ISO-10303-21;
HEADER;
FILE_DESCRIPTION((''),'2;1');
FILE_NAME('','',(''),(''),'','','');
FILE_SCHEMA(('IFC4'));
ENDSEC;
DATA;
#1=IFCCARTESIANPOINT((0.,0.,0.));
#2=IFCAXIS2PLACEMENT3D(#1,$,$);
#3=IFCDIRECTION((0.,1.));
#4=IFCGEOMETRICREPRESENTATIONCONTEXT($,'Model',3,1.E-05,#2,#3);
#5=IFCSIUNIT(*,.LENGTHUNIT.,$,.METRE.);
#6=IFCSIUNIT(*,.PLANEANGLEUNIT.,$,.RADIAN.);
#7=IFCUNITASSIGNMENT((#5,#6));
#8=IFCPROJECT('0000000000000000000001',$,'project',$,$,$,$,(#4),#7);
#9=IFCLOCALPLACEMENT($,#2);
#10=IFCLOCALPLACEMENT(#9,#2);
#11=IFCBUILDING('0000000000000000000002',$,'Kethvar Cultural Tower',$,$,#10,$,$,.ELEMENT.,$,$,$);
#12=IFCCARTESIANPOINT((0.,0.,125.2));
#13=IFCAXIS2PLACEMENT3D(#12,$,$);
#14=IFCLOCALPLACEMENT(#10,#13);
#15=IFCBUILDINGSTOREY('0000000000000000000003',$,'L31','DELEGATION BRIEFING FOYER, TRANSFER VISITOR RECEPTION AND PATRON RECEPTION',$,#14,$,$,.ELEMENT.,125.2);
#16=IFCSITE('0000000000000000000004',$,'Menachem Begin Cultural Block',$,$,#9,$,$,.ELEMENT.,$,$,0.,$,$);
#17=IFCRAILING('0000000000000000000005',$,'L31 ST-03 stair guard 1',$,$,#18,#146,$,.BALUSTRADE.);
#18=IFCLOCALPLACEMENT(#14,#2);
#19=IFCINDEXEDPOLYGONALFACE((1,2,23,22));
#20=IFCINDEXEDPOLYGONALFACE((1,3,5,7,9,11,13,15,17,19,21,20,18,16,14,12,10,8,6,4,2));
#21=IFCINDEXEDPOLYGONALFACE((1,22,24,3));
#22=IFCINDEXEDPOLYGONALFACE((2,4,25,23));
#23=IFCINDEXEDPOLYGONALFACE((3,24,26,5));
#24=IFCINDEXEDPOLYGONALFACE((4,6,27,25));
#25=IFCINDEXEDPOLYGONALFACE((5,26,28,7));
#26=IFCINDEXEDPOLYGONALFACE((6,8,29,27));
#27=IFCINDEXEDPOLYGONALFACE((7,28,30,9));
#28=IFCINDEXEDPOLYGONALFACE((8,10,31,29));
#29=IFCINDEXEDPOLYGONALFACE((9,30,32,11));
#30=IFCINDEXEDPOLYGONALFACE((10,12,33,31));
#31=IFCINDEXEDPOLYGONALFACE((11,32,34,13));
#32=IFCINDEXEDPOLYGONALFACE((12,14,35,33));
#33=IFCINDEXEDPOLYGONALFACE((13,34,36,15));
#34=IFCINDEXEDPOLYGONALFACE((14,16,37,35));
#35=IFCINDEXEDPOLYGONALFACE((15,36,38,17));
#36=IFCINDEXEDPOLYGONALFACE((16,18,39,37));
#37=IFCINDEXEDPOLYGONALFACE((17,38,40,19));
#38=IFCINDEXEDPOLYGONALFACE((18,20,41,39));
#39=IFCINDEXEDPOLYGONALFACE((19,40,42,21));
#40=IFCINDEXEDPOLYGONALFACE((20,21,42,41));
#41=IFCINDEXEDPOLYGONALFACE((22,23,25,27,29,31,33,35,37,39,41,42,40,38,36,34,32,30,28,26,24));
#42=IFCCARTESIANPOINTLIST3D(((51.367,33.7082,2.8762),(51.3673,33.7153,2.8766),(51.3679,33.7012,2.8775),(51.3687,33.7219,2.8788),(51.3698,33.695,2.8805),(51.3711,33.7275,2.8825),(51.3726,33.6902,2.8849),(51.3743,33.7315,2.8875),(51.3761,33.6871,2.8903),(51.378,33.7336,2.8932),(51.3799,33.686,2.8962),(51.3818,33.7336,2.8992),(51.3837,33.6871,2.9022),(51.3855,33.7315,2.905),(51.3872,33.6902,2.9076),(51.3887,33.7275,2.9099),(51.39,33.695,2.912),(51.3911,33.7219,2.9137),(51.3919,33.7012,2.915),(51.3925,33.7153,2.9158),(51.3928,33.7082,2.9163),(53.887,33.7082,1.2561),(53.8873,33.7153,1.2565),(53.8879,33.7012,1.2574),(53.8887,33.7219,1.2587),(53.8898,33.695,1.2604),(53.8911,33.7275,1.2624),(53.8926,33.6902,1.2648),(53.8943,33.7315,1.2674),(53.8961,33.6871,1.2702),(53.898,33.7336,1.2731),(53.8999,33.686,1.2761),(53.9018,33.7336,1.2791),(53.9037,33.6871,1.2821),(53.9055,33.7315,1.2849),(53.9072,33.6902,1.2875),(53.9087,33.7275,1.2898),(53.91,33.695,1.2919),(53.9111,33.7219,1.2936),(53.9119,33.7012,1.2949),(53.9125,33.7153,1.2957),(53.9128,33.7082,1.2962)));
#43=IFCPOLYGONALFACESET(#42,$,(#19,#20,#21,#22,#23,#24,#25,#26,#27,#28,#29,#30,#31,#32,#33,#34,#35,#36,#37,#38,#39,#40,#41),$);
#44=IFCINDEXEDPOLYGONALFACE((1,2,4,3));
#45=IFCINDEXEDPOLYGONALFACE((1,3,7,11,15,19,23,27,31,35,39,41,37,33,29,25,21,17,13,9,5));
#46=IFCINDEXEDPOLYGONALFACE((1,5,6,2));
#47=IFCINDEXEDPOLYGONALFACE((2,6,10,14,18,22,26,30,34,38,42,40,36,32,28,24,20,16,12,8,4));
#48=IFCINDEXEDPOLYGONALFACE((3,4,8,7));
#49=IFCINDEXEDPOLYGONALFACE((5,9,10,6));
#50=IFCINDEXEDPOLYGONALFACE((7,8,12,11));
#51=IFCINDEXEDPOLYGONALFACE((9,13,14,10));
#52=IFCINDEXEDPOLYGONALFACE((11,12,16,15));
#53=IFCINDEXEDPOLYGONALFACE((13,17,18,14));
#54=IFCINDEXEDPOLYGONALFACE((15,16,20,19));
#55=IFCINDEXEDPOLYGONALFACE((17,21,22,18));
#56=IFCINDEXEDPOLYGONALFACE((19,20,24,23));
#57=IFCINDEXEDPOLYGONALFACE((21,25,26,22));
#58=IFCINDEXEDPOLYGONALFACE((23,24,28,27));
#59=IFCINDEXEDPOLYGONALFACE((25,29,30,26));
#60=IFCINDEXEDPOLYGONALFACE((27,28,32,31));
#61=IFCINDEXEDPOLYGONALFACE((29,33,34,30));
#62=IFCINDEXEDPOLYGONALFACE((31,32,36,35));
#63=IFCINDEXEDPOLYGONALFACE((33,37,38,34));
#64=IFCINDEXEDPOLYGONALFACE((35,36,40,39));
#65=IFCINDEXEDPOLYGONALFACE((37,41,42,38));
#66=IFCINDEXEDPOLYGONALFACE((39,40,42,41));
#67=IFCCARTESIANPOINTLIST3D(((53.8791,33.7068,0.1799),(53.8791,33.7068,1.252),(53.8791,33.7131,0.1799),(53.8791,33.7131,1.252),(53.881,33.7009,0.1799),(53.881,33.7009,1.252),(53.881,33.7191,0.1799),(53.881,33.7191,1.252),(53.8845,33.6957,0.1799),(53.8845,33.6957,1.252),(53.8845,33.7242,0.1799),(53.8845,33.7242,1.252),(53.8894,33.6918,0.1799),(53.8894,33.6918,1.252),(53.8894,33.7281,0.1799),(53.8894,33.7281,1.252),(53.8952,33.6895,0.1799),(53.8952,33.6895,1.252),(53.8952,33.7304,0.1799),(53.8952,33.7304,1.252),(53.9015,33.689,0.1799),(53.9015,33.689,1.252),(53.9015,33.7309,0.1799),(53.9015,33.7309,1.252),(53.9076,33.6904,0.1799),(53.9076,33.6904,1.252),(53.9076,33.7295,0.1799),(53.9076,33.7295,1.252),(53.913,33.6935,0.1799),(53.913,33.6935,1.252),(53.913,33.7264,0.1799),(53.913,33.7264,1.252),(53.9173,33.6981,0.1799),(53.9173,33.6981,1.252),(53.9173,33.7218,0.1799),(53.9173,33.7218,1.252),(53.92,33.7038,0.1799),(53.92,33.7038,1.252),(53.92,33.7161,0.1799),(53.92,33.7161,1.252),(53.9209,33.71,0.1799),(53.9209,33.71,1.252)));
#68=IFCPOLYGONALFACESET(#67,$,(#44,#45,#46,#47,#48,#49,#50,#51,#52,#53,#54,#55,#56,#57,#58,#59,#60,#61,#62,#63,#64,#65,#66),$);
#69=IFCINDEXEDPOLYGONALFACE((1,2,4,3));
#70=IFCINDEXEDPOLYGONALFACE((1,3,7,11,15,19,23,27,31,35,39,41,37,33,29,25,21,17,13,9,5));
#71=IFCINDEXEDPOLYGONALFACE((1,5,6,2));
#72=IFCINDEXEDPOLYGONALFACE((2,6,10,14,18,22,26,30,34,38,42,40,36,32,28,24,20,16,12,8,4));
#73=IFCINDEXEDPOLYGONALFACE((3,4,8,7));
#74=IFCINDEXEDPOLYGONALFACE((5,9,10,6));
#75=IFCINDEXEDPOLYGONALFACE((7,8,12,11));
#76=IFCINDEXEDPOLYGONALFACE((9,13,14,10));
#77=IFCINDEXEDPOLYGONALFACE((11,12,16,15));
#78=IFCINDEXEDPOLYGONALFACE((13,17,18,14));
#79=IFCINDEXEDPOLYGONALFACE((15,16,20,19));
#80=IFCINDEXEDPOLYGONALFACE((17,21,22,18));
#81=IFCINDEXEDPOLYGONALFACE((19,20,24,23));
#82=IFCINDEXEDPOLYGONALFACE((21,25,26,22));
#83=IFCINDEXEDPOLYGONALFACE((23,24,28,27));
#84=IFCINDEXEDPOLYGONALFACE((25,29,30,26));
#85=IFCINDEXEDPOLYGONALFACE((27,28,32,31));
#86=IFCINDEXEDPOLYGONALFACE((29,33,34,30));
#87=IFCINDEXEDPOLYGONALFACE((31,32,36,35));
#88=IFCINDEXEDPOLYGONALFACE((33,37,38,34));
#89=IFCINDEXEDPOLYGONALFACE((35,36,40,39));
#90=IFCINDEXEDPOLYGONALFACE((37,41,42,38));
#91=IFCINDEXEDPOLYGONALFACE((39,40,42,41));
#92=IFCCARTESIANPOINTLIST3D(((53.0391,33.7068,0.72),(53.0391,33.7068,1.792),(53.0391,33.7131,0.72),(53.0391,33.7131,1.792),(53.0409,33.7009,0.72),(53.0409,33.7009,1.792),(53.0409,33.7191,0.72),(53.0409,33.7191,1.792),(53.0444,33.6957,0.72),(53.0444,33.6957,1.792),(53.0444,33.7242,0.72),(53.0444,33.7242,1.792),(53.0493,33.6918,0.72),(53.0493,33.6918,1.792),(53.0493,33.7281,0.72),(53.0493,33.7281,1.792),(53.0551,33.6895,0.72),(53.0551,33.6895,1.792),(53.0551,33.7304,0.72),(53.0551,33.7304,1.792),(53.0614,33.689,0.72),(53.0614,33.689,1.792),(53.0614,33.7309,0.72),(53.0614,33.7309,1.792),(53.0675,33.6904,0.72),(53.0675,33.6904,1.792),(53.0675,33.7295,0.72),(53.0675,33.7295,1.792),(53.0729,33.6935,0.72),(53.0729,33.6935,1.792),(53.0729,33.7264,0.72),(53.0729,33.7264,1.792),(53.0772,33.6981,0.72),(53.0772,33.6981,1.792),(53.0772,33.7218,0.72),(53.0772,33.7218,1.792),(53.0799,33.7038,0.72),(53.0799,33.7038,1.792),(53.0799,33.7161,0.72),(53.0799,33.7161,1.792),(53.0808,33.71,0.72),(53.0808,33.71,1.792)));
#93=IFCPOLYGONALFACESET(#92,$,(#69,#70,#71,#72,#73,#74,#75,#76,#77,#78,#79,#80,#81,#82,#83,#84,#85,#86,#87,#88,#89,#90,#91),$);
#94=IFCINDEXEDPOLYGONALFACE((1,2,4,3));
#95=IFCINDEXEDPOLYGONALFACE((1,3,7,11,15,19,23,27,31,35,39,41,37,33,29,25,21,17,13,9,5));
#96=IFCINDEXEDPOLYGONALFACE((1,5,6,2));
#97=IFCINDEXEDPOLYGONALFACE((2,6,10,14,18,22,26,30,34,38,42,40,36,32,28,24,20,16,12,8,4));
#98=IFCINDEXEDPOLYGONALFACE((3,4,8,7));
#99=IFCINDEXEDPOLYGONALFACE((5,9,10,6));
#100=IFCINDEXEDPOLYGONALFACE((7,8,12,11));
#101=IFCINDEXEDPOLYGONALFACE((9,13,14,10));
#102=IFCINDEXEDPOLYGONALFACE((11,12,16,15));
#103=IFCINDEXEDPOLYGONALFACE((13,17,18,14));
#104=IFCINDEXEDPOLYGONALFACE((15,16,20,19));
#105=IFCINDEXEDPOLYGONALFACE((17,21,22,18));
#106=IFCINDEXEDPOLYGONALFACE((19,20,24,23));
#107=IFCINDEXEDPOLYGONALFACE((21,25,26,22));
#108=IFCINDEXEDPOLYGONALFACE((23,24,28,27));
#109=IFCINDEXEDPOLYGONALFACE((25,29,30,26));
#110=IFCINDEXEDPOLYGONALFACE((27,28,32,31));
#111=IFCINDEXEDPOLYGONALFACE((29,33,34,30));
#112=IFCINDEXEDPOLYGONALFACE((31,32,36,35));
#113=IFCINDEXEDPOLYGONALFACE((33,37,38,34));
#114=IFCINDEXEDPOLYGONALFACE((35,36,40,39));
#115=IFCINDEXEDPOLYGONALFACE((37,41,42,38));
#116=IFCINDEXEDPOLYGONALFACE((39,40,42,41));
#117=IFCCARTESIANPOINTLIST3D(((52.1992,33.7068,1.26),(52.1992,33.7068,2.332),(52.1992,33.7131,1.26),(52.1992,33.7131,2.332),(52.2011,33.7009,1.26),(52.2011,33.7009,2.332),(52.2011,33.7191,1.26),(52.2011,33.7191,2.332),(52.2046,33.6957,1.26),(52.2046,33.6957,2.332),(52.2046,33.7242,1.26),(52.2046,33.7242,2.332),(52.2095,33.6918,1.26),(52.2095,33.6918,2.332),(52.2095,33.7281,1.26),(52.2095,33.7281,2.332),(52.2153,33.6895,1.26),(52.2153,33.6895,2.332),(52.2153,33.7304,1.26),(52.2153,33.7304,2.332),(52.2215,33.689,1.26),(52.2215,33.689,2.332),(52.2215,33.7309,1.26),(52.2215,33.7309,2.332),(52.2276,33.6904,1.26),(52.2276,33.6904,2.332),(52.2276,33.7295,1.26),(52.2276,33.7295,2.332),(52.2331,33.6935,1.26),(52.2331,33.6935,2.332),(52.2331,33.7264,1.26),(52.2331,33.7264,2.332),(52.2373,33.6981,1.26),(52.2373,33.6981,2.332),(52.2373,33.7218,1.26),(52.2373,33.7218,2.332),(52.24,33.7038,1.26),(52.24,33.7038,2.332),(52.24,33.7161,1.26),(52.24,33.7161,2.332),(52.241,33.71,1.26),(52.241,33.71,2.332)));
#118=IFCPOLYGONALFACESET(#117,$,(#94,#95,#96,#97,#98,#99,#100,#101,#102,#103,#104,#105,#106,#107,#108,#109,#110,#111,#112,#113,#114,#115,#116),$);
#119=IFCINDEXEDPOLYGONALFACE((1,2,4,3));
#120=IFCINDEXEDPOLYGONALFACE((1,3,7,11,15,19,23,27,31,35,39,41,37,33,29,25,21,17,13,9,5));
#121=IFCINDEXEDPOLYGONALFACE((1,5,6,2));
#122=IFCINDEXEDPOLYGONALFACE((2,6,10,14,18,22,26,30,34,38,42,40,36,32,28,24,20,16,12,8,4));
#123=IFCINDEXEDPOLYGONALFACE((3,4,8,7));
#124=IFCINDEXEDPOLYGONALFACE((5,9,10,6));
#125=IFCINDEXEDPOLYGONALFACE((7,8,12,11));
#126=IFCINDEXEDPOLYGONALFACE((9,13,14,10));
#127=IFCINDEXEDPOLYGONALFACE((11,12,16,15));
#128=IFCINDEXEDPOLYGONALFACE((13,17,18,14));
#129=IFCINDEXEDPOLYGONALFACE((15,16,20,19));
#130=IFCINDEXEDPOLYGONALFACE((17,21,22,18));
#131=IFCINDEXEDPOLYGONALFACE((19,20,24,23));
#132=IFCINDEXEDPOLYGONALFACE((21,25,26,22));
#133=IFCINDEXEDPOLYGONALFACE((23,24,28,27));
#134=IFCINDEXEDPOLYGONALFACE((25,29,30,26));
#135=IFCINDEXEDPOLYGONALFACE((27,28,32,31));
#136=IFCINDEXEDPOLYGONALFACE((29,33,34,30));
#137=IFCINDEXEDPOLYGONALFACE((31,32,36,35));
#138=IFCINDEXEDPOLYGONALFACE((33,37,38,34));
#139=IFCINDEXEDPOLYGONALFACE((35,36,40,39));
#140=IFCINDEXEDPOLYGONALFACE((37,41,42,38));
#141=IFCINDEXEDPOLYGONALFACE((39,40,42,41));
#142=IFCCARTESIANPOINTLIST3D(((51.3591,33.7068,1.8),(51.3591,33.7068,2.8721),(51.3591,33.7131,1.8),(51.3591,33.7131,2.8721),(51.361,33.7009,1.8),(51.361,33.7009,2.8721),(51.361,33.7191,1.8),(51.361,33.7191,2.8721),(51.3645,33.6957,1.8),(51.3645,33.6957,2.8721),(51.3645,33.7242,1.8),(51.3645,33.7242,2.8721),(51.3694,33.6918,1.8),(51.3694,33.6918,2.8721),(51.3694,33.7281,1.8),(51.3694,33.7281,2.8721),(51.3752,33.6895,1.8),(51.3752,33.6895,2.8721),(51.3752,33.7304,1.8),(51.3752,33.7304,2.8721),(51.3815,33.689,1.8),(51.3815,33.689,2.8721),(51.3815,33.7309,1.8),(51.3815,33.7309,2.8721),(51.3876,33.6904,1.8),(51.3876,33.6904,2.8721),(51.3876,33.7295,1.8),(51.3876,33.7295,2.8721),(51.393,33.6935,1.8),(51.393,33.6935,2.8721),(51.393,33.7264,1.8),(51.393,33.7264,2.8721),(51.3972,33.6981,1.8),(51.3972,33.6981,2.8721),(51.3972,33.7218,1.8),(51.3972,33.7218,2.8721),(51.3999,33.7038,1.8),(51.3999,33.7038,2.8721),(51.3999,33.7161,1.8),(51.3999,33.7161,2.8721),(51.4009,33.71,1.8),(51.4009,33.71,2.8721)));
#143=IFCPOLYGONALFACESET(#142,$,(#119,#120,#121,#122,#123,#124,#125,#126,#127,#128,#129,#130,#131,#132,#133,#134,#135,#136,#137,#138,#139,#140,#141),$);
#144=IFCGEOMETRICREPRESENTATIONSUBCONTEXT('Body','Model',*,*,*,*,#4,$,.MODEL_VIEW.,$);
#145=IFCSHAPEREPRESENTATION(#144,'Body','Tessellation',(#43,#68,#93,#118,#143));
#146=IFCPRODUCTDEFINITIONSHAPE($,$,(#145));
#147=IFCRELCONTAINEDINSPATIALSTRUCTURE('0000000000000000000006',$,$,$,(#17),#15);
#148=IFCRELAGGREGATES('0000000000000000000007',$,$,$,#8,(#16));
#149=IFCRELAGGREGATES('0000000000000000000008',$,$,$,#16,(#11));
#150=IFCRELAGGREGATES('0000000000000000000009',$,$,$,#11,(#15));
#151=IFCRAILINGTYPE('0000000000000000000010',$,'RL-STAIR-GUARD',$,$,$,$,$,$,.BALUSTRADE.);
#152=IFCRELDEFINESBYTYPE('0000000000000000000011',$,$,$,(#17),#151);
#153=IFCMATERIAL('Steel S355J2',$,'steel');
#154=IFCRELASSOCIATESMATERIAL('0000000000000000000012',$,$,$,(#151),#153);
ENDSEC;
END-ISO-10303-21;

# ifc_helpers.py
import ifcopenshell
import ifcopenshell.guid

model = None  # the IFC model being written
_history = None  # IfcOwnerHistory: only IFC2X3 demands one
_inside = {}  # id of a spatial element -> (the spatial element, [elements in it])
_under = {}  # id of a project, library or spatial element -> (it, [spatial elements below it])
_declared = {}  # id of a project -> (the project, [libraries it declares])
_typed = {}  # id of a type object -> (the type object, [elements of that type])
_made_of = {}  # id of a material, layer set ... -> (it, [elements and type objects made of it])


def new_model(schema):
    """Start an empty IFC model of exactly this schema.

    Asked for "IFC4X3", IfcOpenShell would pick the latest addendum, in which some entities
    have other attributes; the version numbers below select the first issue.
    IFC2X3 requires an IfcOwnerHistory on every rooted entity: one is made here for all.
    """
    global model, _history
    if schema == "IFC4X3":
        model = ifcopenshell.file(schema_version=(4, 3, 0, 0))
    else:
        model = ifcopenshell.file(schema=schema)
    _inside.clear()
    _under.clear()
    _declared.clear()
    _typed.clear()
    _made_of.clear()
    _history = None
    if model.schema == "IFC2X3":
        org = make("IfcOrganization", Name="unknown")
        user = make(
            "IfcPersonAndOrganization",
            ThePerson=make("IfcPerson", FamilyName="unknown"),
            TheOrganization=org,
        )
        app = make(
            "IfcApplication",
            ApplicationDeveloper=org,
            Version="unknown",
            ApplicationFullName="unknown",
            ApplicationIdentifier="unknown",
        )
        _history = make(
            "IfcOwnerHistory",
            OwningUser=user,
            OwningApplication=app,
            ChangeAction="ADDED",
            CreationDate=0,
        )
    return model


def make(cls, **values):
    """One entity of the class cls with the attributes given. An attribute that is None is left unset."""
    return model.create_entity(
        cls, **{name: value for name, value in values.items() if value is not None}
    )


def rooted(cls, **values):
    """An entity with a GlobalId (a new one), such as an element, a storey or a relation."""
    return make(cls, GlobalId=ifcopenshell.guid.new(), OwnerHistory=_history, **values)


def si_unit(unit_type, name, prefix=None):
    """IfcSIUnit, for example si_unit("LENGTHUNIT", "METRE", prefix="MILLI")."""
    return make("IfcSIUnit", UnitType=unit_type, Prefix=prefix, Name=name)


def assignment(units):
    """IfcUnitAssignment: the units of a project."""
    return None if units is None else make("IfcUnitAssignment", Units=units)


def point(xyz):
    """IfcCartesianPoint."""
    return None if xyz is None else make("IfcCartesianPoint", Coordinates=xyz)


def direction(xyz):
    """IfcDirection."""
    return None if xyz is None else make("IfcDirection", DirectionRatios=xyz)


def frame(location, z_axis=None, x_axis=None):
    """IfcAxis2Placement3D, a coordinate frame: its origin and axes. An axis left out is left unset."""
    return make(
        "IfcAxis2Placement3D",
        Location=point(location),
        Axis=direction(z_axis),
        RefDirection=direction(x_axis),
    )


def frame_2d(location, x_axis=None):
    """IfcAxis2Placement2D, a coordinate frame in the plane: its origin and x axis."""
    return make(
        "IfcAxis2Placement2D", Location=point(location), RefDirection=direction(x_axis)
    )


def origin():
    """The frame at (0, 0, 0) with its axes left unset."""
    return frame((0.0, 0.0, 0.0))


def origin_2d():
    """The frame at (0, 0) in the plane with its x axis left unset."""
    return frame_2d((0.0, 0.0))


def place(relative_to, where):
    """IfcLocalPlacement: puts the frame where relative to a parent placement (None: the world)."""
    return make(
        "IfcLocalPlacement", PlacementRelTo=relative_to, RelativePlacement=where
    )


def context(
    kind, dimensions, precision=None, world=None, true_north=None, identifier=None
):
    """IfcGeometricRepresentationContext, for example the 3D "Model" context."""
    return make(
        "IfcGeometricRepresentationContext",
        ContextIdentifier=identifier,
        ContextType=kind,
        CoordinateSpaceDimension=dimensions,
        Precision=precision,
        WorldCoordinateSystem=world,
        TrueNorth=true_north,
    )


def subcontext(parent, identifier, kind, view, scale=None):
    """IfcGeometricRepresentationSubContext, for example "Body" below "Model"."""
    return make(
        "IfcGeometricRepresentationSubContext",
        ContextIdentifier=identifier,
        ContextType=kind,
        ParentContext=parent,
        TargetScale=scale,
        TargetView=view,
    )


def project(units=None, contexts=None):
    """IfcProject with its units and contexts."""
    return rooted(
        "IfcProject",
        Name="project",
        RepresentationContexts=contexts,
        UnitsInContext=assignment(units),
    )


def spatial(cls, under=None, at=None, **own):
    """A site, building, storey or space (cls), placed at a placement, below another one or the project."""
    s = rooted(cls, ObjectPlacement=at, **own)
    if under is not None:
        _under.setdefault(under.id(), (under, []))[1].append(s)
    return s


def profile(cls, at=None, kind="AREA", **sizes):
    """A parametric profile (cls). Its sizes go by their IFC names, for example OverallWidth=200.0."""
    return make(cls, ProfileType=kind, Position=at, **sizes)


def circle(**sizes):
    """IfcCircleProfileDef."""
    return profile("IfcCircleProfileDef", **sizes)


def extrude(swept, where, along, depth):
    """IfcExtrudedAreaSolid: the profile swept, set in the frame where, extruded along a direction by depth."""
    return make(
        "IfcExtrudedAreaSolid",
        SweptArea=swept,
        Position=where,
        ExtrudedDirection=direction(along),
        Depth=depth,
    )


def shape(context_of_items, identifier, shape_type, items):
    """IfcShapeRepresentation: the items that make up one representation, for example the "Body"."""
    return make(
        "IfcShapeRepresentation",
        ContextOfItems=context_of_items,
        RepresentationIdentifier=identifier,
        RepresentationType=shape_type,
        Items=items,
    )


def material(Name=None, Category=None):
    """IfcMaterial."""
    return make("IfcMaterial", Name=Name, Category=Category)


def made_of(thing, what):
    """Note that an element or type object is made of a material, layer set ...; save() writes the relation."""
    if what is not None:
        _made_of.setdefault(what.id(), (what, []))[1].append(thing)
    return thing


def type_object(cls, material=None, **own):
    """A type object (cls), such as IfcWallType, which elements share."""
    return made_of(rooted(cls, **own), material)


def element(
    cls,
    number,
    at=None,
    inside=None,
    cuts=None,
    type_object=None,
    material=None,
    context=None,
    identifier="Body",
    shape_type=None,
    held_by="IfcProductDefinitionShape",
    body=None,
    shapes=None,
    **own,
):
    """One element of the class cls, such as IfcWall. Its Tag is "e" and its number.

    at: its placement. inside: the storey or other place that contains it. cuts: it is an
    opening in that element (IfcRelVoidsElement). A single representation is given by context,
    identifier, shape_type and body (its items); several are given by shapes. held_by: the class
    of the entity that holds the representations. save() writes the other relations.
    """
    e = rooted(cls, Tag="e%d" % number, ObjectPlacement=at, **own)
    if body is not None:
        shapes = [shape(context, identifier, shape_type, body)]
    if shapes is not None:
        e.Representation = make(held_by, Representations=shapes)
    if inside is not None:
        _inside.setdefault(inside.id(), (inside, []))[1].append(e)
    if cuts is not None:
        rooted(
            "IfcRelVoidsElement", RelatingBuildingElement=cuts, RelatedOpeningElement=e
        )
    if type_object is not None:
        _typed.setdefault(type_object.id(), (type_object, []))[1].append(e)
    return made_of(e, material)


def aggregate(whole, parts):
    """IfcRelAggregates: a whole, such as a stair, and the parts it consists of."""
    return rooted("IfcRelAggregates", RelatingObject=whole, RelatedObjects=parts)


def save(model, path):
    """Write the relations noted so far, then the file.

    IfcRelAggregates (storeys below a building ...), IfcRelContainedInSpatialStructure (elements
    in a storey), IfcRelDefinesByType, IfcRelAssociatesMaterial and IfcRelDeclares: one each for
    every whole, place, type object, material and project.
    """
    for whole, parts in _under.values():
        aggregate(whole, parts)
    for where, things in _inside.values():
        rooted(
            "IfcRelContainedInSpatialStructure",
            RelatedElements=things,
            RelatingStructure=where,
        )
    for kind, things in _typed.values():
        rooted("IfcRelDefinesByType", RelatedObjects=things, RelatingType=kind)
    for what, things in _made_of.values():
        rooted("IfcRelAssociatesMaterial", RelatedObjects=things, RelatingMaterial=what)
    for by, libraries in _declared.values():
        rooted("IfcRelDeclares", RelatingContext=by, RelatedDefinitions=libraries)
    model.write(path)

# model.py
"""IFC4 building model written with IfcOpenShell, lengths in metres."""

from ifc_helpers import new_model, si_unit, direction, frame, origin, origin_2d, place, context, subcontext, project, spatial, circle, extrude, material, type_object, element, save


model = new_model("IFC4")

# Units and contexts
model_context = context("Model", 3, precision=1e-05, world=origin(), true_north=direction((0.0, 1.0)))
body_context = subcontext(model_context, "Body", "Model", "MODEL_VIEW")
ifc_project = project(units=[si_unit("LENGTHUNIT", "METRE"), si_unit("PLANEANGLEUNIT", "RADIAN")], contexts=[model_context])

# Site, building, storey
site_placement = place(None, origin())
site = spatial("IfcSite", under=ifc_project, at=site_placement, Name="Menachem Begin Cultural Block", CompositionType="ELEMENT", RefElevation=0.0)
building_placement = place(site_placement, origin())
building = spatial("IfcBuilding", under=site, at=building_placement, Name="Kethvar Cultural Tower", CompositionType="ELEMENT")
storey_placement = place(building_placement, frame((0.0, 0.0, 125.2)))
storey = spatial("IfcBuildingStorey", under=building, at=storey_placement, Name="L31", Description="DELEGATION BRIEFING FOYER, TRANSFER VISITOR RECEPTION AND PATRON RECEPTION", CompositionType="ELEMENT", Elevation=125.2)

# Shared definitions
ifc_material_1 = material(Name="Steel S355J2", Category="steel")

# Railing
railing_type_1 = type_object("IfcRailingType", Name="RL-STAIR-GUARD", PredefinedType="BALUSTRADE", material=ifc_material_1)
railing_1_placement = place(storey_placement, frame((53.8999, 33.71, 0.1799)))
element("IfcRailing", 1, at=railing_1_placement, inside=storey, type_object=railing_type_1, Name="L31 ST-03 stair guard 1", PredefinedType="BALUSTRADE", context=body_context, shape_type="SweptSolid", body=[
    extrude(circle(Radius=0.0239, at=origin_2d()), frame((0.0, 0.0, 1.0962), z_axis=(-0.841163, 0.0, 0.540782), x_axis=(0.0, -1.0, 0.0)), (0.0, 0.0, 1.0), 2.9958),
    extrude(circle(Radius=0.021, at=origin_2d()), origin(), (0.0, 0.0, 1.0), 1.072),
    extrude(circle(Radius=0.021, at=origin_2d()), frame((-0.8401, 0.0, 0.54)), (0.0, 0.0, 1.0), 1.072),
    extrude(circle(Radius=0.021, at=origin_2d()), frame((-1.6799, 0.0, 1.0801)), (0.0, 0.0, 1.0), 1.072),
    extrude(circle(Radius=0.021, at=origin_2d()), frame((-2.52, 0.0, 1.6201)), (0.0, 0.0, 1.0), 1.072),
])

save(model, "model.ifc")
